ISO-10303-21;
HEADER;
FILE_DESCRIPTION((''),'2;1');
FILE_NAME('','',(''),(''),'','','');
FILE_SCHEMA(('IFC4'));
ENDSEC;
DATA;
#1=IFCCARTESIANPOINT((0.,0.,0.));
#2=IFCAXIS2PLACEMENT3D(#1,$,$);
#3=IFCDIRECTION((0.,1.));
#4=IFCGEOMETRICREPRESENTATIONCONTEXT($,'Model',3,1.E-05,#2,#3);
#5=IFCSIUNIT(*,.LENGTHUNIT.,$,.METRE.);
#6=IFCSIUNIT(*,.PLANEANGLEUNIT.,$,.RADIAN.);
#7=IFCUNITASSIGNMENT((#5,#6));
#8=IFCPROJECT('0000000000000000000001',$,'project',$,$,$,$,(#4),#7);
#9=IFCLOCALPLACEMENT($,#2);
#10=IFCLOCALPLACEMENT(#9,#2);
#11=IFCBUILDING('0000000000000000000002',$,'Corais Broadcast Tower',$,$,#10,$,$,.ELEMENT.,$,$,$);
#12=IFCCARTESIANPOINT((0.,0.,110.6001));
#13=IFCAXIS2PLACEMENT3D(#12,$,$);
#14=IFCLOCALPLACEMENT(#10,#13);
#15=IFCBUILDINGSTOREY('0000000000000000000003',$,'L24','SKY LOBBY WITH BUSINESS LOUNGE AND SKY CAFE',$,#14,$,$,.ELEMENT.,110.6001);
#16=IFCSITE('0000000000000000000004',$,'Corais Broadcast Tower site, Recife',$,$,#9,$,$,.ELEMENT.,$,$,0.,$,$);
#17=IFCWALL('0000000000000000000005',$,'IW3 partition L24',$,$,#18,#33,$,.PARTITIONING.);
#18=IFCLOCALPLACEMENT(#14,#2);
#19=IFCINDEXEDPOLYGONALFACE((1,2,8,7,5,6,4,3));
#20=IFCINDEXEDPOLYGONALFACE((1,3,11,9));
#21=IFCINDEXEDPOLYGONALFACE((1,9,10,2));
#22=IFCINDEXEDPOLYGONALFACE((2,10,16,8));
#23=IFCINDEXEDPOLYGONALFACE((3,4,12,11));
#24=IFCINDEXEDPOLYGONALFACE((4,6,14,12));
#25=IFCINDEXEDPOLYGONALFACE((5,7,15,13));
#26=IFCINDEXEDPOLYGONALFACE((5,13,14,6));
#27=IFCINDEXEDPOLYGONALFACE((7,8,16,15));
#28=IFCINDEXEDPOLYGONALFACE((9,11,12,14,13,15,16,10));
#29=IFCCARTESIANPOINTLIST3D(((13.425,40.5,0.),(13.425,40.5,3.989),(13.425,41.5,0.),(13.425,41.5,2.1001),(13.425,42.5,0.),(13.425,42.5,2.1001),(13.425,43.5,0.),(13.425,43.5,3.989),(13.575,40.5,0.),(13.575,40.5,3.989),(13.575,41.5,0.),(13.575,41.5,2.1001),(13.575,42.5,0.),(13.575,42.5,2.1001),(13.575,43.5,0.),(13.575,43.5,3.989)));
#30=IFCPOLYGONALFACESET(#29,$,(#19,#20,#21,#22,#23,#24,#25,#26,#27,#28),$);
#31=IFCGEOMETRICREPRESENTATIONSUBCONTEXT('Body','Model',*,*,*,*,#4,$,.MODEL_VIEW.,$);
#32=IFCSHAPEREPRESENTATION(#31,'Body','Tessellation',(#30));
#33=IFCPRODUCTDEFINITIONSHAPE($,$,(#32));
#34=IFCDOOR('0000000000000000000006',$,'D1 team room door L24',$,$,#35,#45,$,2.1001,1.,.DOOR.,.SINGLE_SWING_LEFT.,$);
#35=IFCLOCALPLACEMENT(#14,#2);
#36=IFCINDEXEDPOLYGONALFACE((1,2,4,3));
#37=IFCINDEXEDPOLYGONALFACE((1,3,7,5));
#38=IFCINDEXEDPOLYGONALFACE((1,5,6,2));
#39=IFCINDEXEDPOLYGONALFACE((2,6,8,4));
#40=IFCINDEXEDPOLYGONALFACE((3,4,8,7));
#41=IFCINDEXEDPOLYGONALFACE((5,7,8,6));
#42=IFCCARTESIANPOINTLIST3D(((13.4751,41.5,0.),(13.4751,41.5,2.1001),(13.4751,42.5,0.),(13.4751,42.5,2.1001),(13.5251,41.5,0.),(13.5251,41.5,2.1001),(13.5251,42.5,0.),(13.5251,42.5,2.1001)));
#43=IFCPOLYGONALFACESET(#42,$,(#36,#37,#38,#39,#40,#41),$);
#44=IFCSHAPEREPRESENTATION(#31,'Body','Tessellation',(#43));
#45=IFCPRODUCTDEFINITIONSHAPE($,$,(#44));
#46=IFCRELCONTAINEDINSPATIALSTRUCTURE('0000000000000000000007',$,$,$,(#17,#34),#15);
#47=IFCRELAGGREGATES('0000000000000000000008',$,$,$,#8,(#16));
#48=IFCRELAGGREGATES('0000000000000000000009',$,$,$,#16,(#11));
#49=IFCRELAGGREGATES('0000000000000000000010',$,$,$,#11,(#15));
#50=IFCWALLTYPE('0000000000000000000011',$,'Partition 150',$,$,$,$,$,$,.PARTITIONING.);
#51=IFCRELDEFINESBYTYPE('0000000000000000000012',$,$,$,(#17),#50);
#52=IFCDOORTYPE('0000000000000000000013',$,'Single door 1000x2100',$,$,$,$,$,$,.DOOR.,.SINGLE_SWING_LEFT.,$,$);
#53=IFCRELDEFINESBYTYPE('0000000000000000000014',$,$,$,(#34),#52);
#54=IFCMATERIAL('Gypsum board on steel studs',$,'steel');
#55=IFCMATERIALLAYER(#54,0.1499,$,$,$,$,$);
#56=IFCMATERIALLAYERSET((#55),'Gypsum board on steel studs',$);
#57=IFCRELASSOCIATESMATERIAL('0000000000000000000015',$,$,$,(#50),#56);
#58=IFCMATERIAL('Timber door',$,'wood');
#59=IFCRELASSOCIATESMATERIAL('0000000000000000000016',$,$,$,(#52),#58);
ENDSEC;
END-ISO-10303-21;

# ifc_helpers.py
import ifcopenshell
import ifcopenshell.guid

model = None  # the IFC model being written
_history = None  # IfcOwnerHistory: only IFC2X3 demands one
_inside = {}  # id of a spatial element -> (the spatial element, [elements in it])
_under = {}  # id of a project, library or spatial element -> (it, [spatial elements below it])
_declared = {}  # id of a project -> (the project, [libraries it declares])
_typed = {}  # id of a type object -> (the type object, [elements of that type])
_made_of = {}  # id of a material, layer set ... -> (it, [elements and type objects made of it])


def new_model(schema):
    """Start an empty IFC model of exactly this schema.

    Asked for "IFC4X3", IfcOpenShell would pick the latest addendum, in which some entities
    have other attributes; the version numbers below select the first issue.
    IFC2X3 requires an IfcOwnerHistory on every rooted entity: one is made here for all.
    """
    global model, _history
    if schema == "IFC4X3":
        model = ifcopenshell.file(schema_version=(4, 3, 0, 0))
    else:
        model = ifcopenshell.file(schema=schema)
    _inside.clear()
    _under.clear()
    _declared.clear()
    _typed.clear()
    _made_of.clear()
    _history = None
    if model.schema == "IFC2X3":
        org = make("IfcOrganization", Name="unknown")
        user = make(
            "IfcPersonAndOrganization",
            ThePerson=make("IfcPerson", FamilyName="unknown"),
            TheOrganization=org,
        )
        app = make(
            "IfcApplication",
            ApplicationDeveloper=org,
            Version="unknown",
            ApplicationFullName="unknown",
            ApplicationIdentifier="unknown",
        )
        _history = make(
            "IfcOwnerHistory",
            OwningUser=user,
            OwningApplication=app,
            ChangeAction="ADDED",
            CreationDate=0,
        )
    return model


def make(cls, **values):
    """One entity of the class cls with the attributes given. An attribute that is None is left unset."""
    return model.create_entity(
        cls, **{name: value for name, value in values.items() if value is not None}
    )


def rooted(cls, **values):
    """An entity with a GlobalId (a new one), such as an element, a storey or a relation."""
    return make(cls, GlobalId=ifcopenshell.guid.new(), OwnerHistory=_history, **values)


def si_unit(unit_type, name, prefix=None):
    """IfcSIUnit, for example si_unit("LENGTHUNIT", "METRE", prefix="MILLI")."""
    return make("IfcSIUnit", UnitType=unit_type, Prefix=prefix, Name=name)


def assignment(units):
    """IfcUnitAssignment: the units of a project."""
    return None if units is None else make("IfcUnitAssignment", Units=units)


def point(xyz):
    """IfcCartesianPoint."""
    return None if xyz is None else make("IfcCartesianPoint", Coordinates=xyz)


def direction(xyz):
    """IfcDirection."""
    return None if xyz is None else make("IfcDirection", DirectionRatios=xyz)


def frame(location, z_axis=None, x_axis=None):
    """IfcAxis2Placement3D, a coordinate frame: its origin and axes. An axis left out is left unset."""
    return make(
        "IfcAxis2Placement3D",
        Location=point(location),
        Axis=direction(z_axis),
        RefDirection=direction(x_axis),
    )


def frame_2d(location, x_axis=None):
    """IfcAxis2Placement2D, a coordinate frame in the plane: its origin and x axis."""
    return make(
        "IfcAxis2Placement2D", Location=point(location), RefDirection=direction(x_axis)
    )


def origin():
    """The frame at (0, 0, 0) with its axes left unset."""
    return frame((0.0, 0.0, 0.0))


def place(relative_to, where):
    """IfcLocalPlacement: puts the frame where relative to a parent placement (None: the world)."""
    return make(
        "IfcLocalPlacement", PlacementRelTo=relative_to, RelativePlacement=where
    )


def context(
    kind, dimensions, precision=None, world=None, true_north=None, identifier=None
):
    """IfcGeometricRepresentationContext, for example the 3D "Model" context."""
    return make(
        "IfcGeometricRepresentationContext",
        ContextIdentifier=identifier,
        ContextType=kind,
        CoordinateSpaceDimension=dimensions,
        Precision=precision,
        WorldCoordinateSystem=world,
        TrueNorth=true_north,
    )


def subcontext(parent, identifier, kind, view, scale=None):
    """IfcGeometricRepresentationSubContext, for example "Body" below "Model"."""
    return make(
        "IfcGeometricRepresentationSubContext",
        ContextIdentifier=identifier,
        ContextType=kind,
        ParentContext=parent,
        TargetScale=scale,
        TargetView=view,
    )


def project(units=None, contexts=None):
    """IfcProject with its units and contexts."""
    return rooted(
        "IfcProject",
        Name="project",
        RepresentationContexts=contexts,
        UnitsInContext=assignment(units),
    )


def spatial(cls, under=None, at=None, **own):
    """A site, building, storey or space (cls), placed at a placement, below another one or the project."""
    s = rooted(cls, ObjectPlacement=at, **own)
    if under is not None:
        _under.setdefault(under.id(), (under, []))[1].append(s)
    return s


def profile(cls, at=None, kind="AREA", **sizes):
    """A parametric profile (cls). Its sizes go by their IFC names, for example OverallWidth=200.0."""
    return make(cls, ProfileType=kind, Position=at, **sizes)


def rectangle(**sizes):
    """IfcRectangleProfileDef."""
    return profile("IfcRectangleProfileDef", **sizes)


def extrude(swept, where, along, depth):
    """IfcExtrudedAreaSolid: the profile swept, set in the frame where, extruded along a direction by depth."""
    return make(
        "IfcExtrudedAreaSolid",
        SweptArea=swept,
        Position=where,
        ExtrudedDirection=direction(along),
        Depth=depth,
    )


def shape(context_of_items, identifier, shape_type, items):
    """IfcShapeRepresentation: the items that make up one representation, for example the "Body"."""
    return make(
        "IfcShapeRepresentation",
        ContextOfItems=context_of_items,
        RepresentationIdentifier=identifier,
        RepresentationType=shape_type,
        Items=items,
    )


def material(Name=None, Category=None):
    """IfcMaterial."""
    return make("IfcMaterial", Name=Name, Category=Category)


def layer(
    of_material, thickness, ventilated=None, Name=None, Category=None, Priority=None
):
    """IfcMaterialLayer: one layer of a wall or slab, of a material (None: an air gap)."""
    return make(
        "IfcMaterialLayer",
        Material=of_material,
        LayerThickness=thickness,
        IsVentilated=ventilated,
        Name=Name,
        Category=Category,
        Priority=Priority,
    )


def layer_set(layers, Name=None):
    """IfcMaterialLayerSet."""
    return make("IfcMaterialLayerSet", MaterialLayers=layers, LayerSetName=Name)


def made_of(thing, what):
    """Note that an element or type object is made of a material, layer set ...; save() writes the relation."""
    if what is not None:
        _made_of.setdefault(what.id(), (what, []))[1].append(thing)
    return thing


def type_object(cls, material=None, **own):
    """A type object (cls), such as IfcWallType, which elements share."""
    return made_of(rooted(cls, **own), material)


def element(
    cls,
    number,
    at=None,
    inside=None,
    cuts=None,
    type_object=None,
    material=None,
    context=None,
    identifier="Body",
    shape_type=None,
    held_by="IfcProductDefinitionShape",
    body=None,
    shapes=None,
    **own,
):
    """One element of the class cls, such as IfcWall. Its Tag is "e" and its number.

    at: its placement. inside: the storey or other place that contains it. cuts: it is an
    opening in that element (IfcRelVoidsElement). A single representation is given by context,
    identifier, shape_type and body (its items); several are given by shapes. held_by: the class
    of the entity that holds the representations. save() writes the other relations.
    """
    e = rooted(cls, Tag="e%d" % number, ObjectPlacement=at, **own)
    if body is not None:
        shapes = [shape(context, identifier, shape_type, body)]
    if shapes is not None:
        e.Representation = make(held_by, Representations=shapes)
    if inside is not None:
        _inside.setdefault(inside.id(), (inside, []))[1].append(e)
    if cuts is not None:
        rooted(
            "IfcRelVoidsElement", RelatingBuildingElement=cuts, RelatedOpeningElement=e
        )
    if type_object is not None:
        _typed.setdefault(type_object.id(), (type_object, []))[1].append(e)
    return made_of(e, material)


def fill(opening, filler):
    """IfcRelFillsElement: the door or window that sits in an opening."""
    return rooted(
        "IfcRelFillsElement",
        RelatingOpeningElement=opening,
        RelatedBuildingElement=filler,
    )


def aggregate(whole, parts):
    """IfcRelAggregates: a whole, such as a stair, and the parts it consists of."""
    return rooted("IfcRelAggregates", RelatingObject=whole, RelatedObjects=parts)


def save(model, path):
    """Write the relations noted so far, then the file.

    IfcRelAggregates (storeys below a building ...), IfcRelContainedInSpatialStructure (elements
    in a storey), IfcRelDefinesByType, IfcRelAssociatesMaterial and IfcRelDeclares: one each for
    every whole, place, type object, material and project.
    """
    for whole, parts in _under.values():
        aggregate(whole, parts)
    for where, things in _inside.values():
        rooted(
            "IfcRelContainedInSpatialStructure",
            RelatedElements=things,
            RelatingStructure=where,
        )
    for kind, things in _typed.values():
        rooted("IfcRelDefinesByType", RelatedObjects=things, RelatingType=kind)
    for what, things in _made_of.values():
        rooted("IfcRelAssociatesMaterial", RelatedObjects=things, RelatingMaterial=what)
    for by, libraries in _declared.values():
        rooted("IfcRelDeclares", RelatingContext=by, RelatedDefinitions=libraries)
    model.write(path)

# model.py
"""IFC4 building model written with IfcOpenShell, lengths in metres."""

from ifc_helpers import new_model, si_unit, direction, frame, frame_2d, origin, place, context, subcontext, project, spatial, rectangle, extrude, material, layer, layer_set, type_object, element, fill, save


model = new_model("IFC4")

# Units and contexts
model_context = context("Model", 3, precision=1e-05, world=origin(), true_north=direction((0.0, 1.0)))
body_context = subcontext(model_context, "Body", "Model", "MODEL_VIEW")
ifc_project = project(units=[si_unit("LENGTHUNIT", "METRE"), si_unit("PLANEANGLEUNIT", "RADIAN")], contexts=[model_context])

# Site, building, storey
site_placement = place(None, origin())
site = spatial("IfcSite", under=ifc_project, at=site_placement, Name="Corais Broadcast Tower site, Recife", CompositionType="ELEMENT", RefElevation=0.0)
building_placement = place(site_placement, origin())
building = spatial("IfcBuilding", under=site, at=building_placement, Name="Corais Broadcast Tower", CompositionType="ELEMENT")
storey_placement = place(building_placement, frame((0.0, 0.0, 110.6001)))
storey = spatial("IfcBuildingStorey", under=building, at=storey_placement, Name="L24", Description="SKY LOBBY WITH BUSINESS LOUNGE AND SKY CAFE", CompositionType="ELEMENT", Elevation=110.6001)

# Shared definitions
ifc_material_1 = material(Name="Gypsum board on steel studs", Category="steel")
ifc_layer_1 = layer(ifc_material_1, 0.1499)
ifc_layer_set_1 = layer_set([ifc_layer_1], Name="Gypsum board on steel studs")
wall_type_1 = type_object("IfcWallType", Name="Partition 150", PredefinedType="PARTITIONING", material=ifc_layer_set_1)
ifc_material_2 = material(Name="Timber door", Category="wood")
door_type_1 = type_object("IfcDoorType", Name="Single door 1000x2100", OperationType="SINGLE_SWING_LEFT", PredefinedType="DOOR", material=ifc_material_2)

# Wall, opening, door
wall_1_placement = place(storey_placement, frame((13.5, 40.5, 0.0), z_axis=(0.0, 0.0, 1.0), x_axis=(0.0, 1.0, 0.0)))
wall_1 = element("IfcWall", 1, at=wall_1_placement, inside=storey, type_object=wall_type_1, Name="IW3 partition L24", PredefinedType="PARTITIONING", context=body_context, shape_type="SweptSolid", body=[
    extrude(rectangle(XDim=3.0, YDim=0.1499, at=frame_2d((1.5, 0.0))), origin(), (0.0, 0.0, 1.0), 3.989),
])
opening_1_placement = place(wall_1_placement, frame((1.0, 0.0, 0.0)))
opening_1 = element("IfcOpeningElement", 2, at=opening_1_placement, cuts=wall_1, PredefinedType="OPENING", context=body_context, shape_type="SweptSolid", body=[
    extrude(rectangle(XDim=1.0, YDim=2.1001, at=frame_2d((0.5, 1.05))), frame((0.0, 0.085, 0.0), z_axis=(0.0, -1.0, 0.0), x_axis=(1.0, 0.0, 0.0)), (0.0, 0.0, 1.0), 0.1699),
])
door_1_placement = place(opening_1_placement, origin())
door_1 = element("IfcDoor", 3, at=door_1_placement, inside=storey, type_object=door_type_1, Name="D1 team room door L24", OperationType="SINGLE_SWING_LEFT", OverallHeight=2.1001, OverallWidth=1.0, PredefinedType="DOOR", context=body_context, shape_type="SweptSolid", body=[
    extrude(rectangle(XDim=1.0, YDim=2.1001, at=frame_2d((0.5, 1.05))), frame((0.0, 0.0249, 0.0), z_axis=(0.0, -1.0, 0.0), x_axis=(1.0, 0.0, 0.0)), (0.0, 0.0, 1.0), 0.05),
])
fill(opening_1, door_1)

save(model, "model.ifc")
